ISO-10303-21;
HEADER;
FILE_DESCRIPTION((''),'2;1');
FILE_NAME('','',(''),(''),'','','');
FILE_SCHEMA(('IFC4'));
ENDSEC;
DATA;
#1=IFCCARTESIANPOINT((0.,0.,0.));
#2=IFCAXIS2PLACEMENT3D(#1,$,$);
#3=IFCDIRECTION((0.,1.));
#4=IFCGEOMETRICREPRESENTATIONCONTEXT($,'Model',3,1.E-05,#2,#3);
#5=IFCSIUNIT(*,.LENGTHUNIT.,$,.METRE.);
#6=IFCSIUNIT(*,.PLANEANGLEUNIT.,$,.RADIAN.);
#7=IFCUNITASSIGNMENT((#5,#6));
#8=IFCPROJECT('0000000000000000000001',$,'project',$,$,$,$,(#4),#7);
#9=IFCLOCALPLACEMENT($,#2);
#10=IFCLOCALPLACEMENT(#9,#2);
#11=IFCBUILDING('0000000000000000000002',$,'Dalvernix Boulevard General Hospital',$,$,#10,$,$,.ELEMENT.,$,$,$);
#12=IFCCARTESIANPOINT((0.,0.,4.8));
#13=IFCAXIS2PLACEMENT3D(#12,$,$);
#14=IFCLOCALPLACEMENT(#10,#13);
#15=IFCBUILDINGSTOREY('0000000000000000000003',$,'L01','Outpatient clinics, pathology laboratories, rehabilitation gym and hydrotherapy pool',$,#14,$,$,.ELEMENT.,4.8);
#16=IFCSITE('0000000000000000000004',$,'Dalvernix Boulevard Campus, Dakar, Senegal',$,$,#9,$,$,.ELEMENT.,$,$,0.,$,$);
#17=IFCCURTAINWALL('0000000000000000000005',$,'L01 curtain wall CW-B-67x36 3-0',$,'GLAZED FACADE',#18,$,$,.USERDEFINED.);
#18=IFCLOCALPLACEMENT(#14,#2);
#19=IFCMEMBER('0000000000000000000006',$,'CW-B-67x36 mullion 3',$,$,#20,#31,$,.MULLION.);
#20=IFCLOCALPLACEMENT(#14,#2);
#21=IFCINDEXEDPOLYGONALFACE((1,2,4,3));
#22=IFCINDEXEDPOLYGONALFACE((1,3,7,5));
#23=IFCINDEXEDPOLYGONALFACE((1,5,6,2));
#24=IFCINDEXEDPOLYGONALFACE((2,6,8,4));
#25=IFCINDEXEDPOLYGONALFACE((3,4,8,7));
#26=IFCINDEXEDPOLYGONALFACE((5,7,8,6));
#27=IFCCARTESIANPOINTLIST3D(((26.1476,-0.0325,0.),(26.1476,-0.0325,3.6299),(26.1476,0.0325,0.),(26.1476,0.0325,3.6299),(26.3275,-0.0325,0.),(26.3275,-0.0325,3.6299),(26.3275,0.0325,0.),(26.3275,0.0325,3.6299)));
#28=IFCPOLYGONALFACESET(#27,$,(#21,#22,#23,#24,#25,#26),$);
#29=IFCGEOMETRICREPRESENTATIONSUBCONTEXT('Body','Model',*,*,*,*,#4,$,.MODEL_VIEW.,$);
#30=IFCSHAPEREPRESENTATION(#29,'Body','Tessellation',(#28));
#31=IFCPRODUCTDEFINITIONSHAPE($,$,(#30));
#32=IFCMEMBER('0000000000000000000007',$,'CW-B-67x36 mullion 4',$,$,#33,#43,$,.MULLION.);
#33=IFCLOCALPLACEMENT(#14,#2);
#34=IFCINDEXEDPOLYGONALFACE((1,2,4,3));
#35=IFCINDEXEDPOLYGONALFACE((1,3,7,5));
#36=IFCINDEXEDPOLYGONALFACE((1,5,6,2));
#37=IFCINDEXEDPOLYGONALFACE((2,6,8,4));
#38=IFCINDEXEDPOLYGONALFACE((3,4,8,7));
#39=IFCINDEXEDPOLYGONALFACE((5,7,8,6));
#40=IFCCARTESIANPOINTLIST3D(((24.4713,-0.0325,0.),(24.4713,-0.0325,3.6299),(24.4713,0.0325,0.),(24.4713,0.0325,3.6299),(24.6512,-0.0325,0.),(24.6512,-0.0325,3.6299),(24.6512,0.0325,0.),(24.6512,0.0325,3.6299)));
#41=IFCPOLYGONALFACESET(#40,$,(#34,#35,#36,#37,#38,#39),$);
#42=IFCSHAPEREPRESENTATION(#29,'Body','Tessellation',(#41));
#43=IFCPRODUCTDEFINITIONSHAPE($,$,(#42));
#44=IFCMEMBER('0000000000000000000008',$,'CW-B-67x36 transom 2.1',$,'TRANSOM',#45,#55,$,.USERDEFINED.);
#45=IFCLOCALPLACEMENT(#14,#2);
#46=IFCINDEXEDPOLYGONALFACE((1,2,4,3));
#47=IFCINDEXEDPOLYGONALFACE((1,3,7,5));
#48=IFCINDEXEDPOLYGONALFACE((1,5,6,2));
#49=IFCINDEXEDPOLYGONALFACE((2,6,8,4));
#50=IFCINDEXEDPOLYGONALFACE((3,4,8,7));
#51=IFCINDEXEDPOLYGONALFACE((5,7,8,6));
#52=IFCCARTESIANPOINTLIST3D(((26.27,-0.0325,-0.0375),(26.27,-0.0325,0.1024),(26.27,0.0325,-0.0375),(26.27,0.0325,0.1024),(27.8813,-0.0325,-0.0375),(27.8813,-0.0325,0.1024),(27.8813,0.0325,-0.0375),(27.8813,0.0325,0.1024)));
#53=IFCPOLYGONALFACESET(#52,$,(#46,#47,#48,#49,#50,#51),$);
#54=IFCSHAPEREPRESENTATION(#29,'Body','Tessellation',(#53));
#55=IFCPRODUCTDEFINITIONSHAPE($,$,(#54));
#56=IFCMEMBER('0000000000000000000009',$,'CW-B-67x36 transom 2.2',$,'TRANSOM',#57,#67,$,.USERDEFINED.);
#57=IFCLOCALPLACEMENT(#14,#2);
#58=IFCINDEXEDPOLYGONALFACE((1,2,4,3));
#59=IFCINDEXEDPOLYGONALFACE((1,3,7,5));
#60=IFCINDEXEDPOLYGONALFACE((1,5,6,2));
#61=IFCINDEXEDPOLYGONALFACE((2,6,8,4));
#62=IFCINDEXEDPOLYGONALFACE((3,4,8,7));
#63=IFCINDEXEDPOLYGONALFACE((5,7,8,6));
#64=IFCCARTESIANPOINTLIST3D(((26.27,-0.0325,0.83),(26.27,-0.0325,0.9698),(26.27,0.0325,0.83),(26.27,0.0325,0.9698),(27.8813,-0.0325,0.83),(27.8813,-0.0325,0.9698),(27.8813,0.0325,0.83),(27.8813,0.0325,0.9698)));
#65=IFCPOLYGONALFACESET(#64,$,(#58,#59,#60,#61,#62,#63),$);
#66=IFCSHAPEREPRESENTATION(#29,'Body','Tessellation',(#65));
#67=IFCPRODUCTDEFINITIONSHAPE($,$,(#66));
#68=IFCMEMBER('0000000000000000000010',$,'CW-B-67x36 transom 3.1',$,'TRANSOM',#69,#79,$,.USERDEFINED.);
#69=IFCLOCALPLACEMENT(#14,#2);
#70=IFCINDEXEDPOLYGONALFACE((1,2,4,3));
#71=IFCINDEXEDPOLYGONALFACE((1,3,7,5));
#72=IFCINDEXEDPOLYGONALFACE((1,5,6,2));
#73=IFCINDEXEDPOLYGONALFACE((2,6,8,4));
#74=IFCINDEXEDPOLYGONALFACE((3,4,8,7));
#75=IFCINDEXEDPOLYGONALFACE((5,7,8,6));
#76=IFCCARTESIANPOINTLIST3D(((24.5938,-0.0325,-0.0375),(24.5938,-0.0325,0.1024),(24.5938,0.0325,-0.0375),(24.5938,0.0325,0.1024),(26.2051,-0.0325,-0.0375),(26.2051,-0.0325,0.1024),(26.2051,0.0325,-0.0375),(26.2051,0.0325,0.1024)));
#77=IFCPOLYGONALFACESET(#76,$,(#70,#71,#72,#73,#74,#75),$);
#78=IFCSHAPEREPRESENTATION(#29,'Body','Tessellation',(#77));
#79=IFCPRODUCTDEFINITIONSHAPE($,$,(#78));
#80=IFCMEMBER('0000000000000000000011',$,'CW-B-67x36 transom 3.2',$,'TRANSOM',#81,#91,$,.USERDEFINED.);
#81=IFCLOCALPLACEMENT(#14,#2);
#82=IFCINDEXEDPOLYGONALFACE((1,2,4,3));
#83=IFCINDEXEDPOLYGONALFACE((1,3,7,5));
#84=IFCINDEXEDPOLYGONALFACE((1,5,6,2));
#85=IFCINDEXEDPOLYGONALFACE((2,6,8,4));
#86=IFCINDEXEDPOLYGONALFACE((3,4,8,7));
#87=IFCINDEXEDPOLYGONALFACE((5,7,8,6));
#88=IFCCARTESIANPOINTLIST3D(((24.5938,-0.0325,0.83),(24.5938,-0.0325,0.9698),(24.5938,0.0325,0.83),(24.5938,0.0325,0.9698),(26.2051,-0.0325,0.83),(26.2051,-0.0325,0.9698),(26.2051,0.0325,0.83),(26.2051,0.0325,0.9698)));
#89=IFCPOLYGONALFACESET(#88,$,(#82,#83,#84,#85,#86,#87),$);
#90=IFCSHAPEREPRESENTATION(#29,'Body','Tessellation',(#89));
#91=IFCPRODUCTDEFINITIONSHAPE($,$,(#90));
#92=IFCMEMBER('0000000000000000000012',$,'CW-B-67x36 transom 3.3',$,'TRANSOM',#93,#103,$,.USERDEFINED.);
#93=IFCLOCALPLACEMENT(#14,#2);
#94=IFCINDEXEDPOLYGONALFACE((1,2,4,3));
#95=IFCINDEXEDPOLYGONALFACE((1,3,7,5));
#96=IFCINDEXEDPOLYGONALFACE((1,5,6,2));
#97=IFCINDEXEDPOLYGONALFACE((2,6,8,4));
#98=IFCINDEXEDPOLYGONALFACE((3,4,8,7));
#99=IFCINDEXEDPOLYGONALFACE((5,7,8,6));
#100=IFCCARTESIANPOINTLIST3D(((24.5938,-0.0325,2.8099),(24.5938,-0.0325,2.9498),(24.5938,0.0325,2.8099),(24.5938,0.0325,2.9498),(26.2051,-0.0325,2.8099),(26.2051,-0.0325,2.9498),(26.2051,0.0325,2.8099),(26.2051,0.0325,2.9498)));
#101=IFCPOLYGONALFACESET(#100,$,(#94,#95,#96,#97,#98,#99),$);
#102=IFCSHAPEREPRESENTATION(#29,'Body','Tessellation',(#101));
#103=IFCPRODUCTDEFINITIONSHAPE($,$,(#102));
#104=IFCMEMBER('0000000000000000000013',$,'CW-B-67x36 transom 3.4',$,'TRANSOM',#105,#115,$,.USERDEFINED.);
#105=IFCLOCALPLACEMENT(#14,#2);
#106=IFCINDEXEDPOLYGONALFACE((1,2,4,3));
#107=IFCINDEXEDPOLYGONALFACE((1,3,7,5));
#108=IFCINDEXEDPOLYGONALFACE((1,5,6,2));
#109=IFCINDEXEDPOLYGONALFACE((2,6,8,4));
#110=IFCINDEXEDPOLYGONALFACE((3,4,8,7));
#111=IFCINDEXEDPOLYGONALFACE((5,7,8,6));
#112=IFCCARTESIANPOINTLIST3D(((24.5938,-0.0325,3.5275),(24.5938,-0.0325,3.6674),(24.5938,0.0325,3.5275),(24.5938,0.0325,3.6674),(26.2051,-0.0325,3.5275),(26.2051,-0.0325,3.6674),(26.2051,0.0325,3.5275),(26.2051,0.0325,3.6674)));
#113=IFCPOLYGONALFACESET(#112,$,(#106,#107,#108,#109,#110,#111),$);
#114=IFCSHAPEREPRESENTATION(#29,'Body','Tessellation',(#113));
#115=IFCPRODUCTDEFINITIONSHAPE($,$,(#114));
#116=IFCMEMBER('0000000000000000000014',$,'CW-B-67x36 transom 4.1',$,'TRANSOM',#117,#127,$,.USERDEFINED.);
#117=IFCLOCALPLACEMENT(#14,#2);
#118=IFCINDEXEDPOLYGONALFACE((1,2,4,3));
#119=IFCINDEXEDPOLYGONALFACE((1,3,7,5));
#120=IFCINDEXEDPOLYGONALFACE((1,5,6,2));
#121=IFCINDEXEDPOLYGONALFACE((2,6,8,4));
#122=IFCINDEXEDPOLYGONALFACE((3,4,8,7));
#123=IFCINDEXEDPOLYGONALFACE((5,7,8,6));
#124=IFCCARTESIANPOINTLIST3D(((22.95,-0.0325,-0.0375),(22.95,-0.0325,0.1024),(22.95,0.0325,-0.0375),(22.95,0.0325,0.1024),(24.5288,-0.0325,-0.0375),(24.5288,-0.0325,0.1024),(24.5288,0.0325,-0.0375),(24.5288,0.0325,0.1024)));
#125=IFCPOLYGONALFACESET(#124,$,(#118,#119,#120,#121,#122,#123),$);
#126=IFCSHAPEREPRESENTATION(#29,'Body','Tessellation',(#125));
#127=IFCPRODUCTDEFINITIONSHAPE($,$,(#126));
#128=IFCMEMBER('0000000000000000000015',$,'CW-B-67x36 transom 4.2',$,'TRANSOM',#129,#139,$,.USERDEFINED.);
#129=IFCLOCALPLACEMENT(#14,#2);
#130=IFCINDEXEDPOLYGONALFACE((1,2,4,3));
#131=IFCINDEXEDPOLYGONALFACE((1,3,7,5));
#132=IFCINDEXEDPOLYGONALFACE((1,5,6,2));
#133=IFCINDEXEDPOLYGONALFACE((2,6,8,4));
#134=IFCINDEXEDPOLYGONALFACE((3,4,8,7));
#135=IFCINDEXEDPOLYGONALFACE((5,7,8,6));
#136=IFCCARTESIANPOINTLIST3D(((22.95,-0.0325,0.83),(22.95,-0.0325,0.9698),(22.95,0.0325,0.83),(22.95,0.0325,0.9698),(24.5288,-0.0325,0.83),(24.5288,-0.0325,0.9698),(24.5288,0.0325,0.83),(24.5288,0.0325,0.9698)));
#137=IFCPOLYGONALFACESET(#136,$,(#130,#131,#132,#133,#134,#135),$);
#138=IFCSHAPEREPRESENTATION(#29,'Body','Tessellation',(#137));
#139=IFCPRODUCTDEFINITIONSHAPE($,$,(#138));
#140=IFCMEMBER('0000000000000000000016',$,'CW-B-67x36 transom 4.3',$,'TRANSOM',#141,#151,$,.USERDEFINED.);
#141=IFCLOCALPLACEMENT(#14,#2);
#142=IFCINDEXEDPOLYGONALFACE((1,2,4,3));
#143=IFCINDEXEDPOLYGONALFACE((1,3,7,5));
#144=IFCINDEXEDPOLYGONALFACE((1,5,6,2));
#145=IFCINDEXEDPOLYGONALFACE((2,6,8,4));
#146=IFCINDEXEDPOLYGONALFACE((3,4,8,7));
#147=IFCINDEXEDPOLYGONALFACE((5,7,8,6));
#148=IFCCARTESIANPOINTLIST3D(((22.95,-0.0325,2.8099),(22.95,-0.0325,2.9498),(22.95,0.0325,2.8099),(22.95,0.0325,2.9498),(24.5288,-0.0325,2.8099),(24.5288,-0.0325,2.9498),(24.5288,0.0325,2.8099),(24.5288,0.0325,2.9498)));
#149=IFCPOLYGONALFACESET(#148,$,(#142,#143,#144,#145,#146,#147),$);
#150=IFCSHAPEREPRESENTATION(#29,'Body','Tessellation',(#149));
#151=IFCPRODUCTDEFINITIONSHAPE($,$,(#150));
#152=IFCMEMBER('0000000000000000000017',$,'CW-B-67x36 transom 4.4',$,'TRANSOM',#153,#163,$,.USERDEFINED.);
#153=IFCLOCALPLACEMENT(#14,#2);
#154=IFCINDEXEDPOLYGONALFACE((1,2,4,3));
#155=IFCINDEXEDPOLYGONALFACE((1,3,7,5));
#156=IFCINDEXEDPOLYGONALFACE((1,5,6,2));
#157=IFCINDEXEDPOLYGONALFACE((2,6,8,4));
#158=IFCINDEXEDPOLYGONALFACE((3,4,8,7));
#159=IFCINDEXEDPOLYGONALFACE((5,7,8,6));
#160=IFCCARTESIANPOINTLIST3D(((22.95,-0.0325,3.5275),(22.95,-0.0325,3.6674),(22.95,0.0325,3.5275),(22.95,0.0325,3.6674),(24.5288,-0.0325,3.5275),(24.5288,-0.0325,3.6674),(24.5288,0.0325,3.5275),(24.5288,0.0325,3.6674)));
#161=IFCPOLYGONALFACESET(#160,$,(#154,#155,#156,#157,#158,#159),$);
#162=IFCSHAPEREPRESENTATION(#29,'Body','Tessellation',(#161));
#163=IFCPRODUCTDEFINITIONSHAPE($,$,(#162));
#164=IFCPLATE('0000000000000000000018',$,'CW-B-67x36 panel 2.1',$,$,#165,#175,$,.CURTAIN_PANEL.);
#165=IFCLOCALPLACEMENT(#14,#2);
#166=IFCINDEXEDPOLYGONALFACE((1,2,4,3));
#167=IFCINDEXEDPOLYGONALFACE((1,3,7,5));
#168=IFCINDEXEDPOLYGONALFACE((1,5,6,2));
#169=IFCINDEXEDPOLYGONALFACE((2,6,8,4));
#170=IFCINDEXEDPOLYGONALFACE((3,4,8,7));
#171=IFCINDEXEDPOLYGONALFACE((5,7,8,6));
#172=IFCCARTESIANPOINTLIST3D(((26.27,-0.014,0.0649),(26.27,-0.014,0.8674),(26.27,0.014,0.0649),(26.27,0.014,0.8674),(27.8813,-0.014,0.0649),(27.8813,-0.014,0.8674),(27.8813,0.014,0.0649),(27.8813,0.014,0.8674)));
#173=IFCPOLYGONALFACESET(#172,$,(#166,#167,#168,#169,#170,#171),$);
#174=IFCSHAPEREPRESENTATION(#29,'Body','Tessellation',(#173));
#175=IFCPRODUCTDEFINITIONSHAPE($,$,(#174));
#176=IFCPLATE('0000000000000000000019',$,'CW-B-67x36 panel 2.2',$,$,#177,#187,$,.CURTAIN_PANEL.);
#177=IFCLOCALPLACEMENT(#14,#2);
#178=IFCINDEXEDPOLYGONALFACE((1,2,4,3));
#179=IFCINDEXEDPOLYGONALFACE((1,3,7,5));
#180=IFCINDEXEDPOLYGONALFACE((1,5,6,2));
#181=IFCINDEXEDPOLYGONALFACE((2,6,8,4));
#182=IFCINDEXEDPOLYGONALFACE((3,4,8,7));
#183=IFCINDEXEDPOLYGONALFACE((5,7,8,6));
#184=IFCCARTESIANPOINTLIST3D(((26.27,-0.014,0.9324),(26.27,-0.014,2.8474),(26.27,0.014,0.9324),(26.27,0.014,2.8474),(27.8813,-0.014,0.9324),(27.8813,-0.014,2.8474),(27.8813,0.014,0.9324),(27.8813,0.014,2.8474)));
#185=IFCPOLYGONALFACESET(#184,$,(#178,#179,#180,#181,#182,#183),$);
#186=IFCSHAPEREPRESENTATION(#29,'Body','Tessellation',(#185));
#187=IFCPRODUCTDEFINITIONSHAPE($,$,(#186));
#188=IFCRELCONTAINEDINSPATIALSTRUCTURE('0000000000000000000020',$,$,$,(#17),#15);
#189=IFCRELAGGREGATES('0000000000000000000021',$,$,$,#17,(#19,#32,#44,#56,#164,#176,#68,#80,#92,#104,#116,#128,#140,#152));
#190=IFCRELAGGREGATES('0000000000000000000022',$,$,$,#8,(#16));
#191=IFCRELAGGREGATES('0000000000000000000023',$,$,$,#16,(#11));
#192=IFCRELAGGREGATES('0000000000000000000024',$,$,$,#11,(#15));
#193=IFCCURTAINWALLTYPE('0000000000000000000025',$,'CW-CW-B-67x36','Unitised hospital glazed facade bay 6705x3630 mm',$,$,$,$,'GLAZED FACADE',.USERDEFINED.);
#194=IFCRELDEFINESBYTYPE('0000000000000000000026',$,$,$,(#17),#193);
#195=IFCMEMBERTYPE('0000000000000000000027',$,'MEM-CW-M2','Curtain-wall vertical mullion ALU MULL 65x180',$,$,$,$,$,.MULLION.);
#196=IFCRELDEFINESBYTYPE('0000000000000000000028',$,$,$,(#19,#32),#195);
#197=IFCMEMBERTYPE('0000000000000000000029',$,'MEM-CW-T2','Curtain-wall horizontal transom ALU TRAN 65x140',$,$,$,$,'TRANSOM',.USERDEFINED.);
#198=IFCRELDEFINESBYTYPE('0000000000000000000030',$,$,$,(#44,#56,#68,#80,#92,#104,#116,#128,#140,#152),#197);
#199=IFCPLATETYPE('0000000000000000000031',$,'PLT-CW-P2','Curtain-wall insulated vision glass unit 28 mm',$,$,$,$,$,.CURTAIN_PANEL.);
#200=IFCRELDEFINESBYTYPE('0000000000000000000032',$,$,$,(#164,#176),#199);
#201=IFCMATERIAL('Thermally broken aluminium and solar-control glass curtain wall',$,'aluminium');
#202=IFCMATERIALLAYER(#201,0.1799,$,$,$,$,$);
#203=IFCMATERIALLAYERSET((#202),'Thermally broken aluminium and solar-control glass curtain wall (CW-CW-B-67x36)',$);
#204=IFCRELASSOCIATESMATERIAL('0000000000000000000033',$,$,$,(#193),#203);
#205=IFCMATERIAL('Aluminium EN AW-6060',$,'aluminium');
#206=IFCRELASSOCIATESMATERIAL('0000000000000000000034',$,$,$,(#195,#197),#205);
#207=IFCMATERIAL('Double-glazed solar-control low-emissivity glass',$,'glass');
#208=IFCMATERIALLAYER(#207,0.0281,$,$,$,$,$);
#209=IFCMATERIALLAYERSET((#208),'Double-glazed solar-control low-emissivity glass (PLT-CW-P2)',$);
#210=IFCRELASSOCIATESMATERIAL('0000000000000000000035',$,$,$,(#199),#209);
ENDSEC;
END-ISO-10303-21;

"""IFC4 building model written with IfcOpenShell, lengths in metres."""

from ifc_helpers import new_model, si_unit, direction, frame, origin, origin_2d, place, context, subcontext, project, spatial, rectangle, extrude, material, layer, layer_set, material_profile, profile_set, type_object, element, aggregate, save


model = new_model("IFC4")

# Units and contexts
model_context = context("Model", 3, precision=1e-05, world=origin(), true_north=direction((0.0, 1.0)))
body_context = subcontext(model_context, "Body", "Model", "MODEL_VIEW")
ifc_project = project(units=[si_unit("LENGTHUNIT", "METRE"), si_unit("PLANEANGLEUNIT", "RADIAN")], contexts=[model_context])

# Site, building, storey
site_placement = place(None, origin())
site = spatial("IfcSite", under=ifc_project, at=site_placement, Name="Dalvernix Boulevard Campus, Dakar, Senegal", CompositionType="ELEMENT", RefElevation=0.0)
building_placement = place(site_placement, origin())
building = spatial("IfcBuilding", under=site, at=building_placement, Name="Dalvernix Boulevard General Hospital", CompositionType="ELEMENT")
storey_placement = place(building_placement, frame((0.0, 0.0, 4.8)))
storey = spatial("IfcBuildingStorey", under=building, at=storey_placement, Name="L01", Description="Outpatient clinics, pathology laboratories, rehabilitation gym and hydrotherapy pool", CompositionType="ELEMENT", Elevation=4.8)

# Curtain wall, members, plates
ifc_material_1 = material(Name="Thermally broken aluminium and solar-control glass curtain wall", Category="aluminium")
ifc_layer_1 = layer(ifc_material_1, 0.1799)
ifc_layer_set_1 = layer_set([ifc_layer_1], Name="Thermally broken aluminium and solar-control glass curtain wall (CW-CW-B-67x36)")
curtain_wall_type = type_object("IfcCurtainWallType", Name="CW-CW-B-67x36", Description="Unitised hospital glazed facade bay 6705x3630 mm", ElementType="GLAZED FACADE", PredefinedType="USERDEFINED", material=ifc_layer_set_1)
curtain_wall_placement = place(storey_placement, origin())
curtain_wall = element("IfcCurtainWall", 1, at=curtain_wall_placement, inside=storey, type_object=curtain_wall_type, Name="L01 curtain wall CW-B-67x36 3-0", ObjectType="GLAZED FACADE", PredefinedType="USERDEFINED")
ifc_material_2 = material(Name="Aluminium EN AW-6060", Category="aluminium")
ifc_material_profile_1 = material_profile(ifc_material_2, rectangle(XDim=0.0649, YDim=0.1799, at=origin_2d()), Name="ALU MULL 65x180")
ifc_profile_set_1 = profile_set([ifc_material_profile_1], Name="Aluminium EN AW-6060")
member_type_1 = type_object("IfcMemberType", Name="MEM-CW-M2", Description="Curtain-wall vertical mullion ALU MULL 65x180", PredefinedType="MULLION", material=ifc_profile_set_1)
member_1_placement = place(storey_placement, frame((26.2375, 0.0, 0.0), z_axis=(0.0, 0.0, 1.0), x_axis=(0.0, -1.0, 0.0)))
member_1 = element("IfcMember", 2, at=member_1_placement, type_object=member_type_1, Name="CW-B-67x36 mullion 3", PredefinedType="MULLION", context=body_context, shape_type="SweptSolid", body=[
    extrude(rectangle(XDim=0.0649, YDim=0.1799, at=origin_2d()), origin(), (0.0, 0.0, 1.0), 3.6299),
])
member_2_placement = place(storey_placement, frame((24.5613, 0.0, 0.0), z_axis=(0.0, 0.0, 1.0), x_axis=(0.0, -1.0, 0.0)))
member_2 = element("IfcMember", 3, at=member_2_placement, type_object=member_type_1, Name="CW-B-67x36 mullion 4", PredefinedType="MULLION", context=body_context, shape_type="SweptSolid", body=[
    extrude(rectangle(XDim=0.0649, YDim=0.1799, at=origin_2d()), origin(), (0.0, 0.0, 1.0), 3.6299),
])
ifc_material_profile_2 = material_profile(ifc_material_2, rectangle(XDim=0.0649, YDim=0.1399, at=origin_2d()), Name="ALU TRAN 65x140")
ifc_profile_set_2 = profile_set([ifc_material_profile_2], Name="Aluminium EN AW-6060")
member_type_2 = type_object("IfcMemberType", Name="MEM-CW-T2", Description="Curtain-wall horizontal transom ALU TRAN 65x140", ElementType="TRANSOM", PredefinedType="USERDEFINED", material=ifc_profile_set_2)
member_3_placement = place(storey_placement, frame((27.8813, 0.0, 0.0325), z_axis=(-1.0, 0.0, 0.0), x_axis=(0.0, -1.0, 0.0)))
member_3 = element("IfcMember", 4, at=member_3_placement, type_object=member_type_2, Name="CW-B-67x36 transom 2.1", ObjectType="TRANSOM", PredefinedType="USERDEFINED", context=body_context, shape_type="SweptSolid", body=[
    extrude(rectangle(XDim=0.0649, YDim=0.1399, at=origin_2d()), origin(), (0.0, 0.0, 1.0), 1.6113),
])
member_4_placement = place(storey_placement, frame((27.8813, 0.0, 0.8999), z_axis=(-1.0, 0.0, 0.0), x_axis=(0.0, -1.0, 0.0)))
member_4 = element("IfcMember", 5, at=member_4_placement, type_object=member_type_2, Name="CW-B-67x36 transom 2.2", ObjectType="TRANSOM", PredefinedType="USERDEFINED", context=body_context, shape_type="SweptSolid", body=[
    extrude(rectangle(XDim=0.0649, YDim=0.1399, at=origin_2d()), origin(), (0.0, 0.0, 1.0), 1.6113),
])
member_5_placement = place(storey_placement, frame((26.2051, 0.0, 0.0325), z_axis=(-1.0, 0.0, 0.0), x_axis=(0.0, -1.0, 0.0)))
member_5 = element("IfcMember", 6, at=member_5_placement, type_object=member_type_2, Name="CW-B-67x36 transom 3.1", ObjectType="TRANSOM", PredefinedType="USERDEFINED", context=body_context, shape_type="SweptSolid", body=[
    extrude(rectangle(XDim=0.0649, YDim=0.1399, at=origin_2d()), origin(), (0.0, 0.0, 1.0), 1.6113),
])
member_6_placement = place(storey_placement, frame((26.2051, 0.0, 0.8999), z_axis=(-1.0, 0.0, 0.0), x_axis=(0.0, -1.0, 0.0)))
member_6 = element("IfcMember", 7, at=member_6_placement, type_object=member_type_2, Name="CW-B-67x36 transom 3.2", ObjectType="TRANSOM", PredefinedType="USERDEFINED", context=body_context, shape_type="SweptSolid", body=[
    extrude(rectangle(XDim=0.0649, YDim=0.1399, at=origin_2d()), origin(), (0.0, 0.0, 1.0), 1.6113),
])
member_7_placement = place(storey_placement, frame((26.2051, 0.0, 2.8799), z_axis=(-1.0, 0.0, 0.0), x_axis=(0.0, -1.0, 0.0)))
member_7 = element("IfcMember", 8, at=member_7_placement, type_object=member_type_2, Name="CW-B-67x36 transom 3.3", ObjectType="TRANSOM", PredefinedType="USERDEFINED", context=body_context, shape_type="SweptSolid", body=[
    extrude(rectangle(XDim=0.0649, YDim=0.1399, at=origin_2d()), origin(), (0.0, 0.0, 1.0), 1.6113),
])
member_8_placement = place(storey_placement, frame((26.2051, 0.0, 3.5974), z_axis=(-1.0, 0.0, 0.0), x_axis=(0.0, -1.0, 0.0)))
member_8 = element("IfcMember", 9, at=member_8_placement, type_object=member_type_2, Name="CW-B-67x36 transom 3.4", ObjectType="TRANSOM", PredefinedType="USERDEFINED", context=body_context, shape_type="SweptSolid", body=[
    extrude(rectangle(XDim=0.0649, YDim=0.1399, at=origin_2d()), origin(), (0.0, 0.0, 1.0), 1.6113),
])
member_9_placement = place(storey_placement, frame((24.5288, 0.0, 0.0325), z_axis=(-1.0, 0.0, 0.0), x_axis=(0.0, -1.0, 0.0)))
member_9 = element("IfcMember", 10, at=member_9_placement, type_object=member_type_2, Name="CW-B-67x36 transom 4.1", ObjectType="TRANSOM", PredefinedType="USERDEFINED", context=body_context, shape_type="SweptSolid", body=[
    extrude(rectangle(XDim=0.0649, YDim=0.1399, at=origin_2d()), origin(), (0.0, 0.0, 1.0), 1.5789),
])
member_10_placement = place(storey_placement, frame((24.5288, 0.0, 0.8999), z_axis=(-1.0, 0.0, 0.0), x_axis=(0.0, -1.0, 0.0)))
member_10 = element("IfcMember", 11, at=member_10_placement, type_object=member_type_2, Name="CW-B-67x36 transom 4.2", ObjectType="TRANSOM", PredefinedType="USERDEFINED", context=body_context, shape_type="SweptSolid", body=[
    extrude(rectangle(XDim=0.0649, YDim=0.1399, at=origin_2d()), origin(), (0.0, 0.0, 1.0), 1.5789),
])
member_11_placement = place(storey_placement, frame((24.5288, 0.0, 2.8799), z_axis=(-1.0, 0.0, 0.0), x_axis=(0.0, -1.0, 0.0)))
member_11 = element("IfcMember", 12, at=member_11_placement, type_object=member_type_2, Name="CW-B-67x36 transom 4.3", ObjectType="TRANSOM", PredefinedType="USERDEFINED", context=body_context, shape_type="SweptSolid", body=[
    extrude(rectangle(XDim=0.0649, YDim=0.1399, at=origin_2d()), origin(), (0.0, 0.0, 1.0), 1.5789),
])
member_12_placement = place(storey_placement, frame((24.5288, 0.0, 3.5974), z_axis=(-1.0, 0.0, 0.0), x_axis=(0.0, -1.0, 0.0)))
member_12 = element("IfcMember", 13, at=member_12_placement, type_object=member_type_2, Name="CW-B-67x36 transom 4.4", ObjectType="TRANSOM", PredefinedType="USERDEFINED", context=body_context, shape_type="SweptSolid", body=[
    extrude(rectangle(XDim=0.0649, YDim=0.1399, at=origin_2d()), origin(), (0.0, 0.0, 1.0), 1.5789),
])
ifc_material_3 = material(Name="Double-glazed solar-control low-emissivity glass", Category="glass")
ifc_layer_2 = layer(ifc_material_3, 0.0281)
ifc_layer_set_2 = layer_set([ifc_layer_2], Name="Double-glazed solar-control low-emissivity glass (PLT-CW-P2)")
plate_type = type_object("IfcPlateType", Name="PLT-CW-P2", Description="Curtain-wall insulated vision glass unit 28 mm", PredefinedType="CURTAIN_PANEL", material=ifc_layer_set_2)
plate_1_placement = place(storey_placement, frame((27.0757, 0.0, 0.0649), z_axis=(0.0, 0.0, 1.0), x_axis=(-1.0, 0.0, 0.0)))
plate_1 = element("IfcPlate", 14, at=plate_1_placement, type_object=plate_type, Name="CW-B-67x36 panel 2.1", PredefinedType="CURTAIN_PANEL", context=body_context, shape_type="SweptSolid", body=[
    extrude(rectangle(XDim=1.6113, YDim=0.0281, at=origin_2d()), origin(), (0.0, 0.0, 1.0), 0.8025),
])
plate_2_placement = place(storey_placement, frame((27.0757, 0.0, 0.9324), z_axis=(0.0, 0.0, 1.0), x_axis=(-1.0, 0.0, 0.0)))
plate_2 = element("IfcPlate", 15, at=plate_2_placement, type_object=plate_type, Name="CW-B-67x36 panel 2.2", PredefinedType="CURTAIN_PANEL", context=body_context, shape_type="SweptSolid", body=[
    extrude(rectangle(XDim=1.6113, YDim=0.0281, at=origin_2d()), origin(), (0.0, 0.0, 1.0), 1.915),
])
aggregate(curtain_wall, [member_1, member_2, member_3, member_4, plate_1, plate_2, member_5, member_6, member_7, member_8, member_9, member_10, member_11, member_12])

save(model, "model.ifc")
